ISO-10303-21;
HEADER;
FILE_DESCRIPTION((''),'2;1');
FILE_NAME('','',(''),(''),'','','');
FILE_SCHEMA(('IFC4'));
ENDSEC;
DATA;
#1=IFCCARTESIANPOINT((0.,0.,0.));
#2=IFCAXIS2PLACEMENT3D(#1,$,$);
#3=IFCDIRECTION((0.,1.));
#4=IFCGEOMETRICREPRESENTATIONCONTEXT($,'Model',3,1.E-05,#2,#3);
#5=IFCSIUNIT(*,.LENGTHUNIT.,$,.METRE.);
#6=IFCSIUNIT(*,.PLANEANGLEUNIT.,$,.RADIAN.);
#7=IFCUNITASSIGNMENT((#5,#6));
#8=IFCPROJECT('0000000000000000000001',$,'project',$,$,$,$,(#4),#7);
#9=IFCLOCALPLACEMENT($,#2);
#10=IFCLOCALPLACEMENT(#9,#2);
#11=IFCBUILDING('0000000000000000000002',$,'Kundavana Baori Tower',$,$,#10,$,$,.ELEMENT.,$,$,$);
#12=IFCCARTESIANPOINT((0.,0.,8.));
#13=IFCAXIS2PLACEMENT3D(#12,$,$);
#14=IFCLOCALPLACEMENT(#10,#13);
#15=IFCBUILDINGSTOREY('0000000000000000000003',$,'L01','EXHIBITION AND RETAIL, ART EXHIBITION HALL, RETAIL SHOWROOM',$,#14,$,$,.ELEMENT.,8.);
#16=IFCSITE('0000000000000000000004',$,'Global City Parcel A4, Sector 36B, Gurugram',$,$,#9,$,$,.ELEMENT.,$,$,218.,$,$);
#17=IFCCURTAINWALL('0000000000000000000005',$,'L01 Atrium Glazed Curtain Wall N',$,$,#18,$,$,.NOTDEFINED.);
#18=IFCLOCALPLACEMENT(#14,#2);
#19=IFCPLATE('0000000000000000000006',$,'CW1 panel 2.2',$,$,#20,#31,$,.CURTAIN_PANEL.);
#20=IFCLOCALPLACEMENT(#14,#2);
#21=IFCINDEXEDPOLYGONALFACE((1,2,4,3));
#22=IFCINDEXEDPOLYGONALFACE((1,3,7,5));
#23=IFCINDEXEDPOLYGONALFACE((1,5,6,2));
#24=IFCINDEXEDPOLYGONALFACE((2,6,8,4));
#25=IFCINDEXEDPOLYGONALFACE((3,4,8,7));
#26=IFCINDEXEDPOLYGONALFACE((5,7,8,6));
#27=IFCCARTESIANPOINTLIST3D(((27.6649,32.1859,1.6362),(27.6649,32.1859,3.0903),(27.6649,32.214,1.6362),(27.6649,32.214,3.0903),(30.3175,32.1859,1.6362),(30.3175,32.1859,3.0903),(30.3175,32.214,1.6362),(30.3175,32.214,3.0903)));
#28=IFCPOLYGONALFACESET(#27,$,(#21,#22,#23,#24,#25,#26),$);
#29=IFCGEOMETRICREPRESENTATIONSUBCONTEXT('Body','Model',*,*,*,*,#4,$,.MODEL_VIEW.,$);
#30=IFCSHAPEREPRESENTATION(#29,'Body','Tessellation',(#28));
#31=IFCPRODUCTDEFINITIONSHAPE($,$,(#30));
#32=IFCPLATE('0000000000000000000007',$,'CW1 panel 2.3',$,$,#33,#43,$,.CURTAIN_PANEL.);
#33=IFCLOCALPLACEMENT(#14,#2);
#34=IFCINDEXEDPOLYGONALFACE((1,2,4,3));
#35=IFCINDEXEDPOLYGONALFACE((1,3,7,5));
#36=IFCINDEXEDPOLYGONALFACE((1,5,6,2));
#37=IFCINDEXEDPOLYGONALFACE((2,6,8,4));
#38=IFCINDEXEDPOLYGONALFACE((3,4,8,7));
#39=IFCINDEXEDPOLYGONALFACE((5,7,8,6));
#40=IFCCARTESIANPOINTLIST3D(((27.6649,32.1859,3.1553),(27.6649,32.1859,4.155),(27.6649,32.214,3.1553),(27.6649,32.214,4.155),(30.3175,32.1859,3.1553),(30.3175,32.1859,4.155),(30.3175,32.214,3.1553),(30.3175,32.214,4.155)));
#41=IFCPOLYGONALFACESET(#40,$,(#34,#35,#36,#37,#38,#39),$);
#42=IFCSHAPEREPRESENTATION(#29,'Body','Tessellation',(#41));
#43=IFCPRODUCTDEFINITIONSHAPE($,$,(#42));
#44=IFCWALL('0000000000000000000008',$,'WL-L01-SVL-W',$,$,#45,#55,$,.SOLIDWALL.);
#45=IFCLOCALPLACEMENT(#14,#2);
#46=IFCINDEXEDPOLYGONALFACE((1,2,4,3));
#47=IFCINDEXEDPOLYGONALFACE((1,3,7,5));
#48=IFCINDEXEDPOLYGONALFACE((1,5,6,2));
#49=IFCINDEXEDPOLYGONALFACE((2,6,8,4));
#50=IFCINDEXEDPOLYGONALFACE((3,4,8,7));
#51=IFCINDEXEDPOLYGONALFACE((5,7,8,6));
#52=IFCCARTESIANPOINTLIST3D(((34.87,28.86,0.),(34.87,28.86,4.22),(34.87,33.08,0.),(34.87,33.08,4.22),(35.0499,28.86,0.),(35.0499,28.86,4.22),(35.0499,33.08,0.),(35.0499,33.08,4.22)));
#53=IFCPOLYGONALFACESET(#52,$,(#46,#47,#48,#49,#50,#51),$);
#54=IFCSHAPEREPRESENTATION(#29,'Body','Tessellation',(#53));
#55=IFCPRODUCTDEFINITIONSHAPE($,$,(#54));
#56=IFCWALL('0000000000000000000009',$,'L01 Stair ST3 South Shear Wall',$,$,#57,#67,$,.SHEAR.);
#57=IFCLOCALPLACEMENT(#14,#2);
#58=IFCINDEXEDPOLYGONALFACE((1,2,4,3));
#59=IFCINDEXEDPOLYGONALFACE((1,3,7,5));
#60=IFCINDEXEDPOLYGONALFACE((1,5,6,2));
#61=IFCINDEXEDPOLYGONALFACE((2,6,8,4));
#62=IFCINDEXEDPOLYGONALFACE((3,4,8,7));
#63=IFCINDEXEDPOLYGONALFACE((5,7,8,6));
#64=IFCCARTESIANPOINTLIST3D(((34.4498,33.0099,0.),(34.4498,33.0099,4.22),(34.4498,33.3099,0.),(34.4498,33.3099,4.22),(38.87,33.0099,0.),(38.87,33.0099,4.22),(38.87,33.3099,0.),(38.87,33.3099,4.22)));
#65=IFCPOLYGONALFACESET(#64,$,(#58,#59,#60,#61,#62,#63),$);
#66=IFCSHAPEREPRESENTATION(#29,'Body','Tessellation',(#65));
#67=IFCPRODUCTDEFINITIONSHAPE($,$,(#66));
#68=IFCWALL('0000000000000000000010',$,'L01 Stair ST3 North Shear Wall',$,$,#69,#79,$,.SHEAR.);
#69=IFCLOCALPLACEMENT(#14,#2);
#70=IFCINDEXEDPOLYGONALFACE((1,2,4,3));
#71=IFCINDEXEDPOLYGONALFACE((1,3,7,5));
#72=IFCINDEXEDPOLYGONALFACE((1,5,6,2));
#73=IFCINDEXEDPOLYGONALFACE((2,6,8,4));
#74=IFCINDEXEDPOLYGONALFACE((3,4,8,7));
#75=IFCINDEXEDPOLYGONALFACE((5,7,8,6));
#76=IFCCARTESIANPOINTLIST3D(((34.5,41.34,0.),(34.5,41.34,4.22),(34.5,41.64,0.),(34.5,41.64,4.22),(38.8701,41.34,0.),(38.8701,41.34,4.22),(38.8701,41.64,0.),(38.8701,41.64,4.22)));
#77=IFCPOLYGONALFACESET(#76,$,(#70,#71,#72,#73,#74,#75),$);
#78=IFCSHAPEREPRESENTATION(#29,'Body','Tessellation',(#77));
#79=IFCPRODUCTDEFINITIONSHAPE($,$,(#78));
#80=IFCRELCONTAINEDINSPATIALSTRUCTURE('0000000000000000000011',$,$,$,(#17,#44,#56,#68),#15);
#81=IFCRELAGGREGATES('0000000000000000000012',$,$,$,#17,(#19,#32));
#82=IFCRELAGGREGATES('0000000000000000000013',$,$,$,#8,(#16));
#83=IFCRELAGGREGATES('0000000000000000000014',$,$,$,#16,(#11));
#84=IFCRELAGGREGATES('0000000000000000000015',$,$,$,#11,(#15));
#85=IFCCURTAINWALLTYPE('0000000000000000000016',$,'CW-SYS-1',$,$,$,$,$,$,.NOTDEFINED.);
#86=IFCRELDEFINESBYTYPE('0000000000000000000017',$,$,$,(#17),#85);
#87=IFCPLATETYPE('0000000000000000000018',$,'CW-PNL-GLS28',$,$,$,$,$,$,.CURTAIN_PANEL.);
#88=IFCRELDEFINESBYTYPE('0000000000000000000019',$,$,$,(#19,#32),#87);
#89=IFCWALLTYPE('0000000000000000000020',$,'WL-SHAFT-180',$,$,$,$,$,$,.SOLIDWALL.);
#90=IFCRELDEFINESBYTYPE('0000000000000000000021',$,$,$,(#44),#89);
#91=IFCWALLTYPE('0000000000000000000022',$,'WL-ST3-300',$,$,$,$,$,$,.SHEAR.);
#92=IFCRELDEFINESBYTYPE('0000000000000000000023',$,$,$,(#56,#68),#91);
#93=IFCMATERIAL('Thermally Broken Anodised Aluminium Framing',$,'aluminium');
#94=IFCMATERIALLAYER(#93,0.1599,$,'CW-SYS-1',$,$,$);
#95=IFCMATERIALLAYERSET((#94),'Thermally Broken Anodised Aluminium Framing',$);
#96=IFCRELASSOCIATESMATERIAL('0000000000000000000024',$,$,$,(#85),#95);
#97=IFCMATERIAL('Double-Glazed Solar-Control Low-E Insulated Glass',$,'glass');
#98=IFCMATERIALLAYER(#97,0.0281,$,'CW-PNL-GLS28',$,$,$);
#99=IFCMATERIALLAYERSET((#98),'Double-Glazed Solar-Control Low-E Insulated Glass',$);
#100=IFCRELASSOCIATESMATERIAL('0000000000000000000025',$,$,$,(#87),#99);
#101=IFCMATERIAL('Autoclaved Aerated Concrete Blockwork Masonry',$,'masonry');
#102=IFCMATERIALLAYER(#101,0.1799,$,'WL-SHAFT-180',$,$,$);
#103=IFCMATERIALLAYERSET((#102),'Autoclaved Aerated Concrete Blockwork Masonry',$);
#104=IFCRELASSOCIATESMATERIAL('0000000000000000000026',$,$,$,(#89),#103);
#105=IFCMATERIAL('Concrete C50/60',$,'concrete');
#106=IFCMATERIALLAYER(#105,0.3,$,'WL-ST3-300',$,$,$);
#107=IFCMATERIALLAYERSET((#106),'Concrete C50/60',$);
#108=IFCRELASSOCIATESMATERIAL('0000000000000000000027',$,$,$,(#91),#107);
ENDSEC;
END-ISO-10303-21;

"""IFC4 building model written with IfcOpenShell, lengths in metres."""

from ifc_helpers import new_model, si_unit, direction, frame, frame_2d, origin, origin_2d, place, context, subcontext, project, spatial, rectangle, extrude, material, layer, layer_set, type_object, element, aggregate, save


model = new_model("IFC4")

# Units and contexts
model_context = context("Model", 3, precision=1e-05, world=origin(), true_north=direction((0.0, 1.0)))
body_context = subcontext(model_context, "Body", "Model", "MODEL_VIEW")
ifc_project = project(units=[si_unit("LENGTHUNIT", "METRE"), si_unit("PLANEANGLEUNIT", "RADIAN")], contexts=[model_context])

# Site, building, storey
site_placement = place(None, origin())
site = spatial("IfcSite", under=ifc_project, at=site_placement, Name="Global City Parcel A4, Sector 36B, Gurugram", CompositionType="ELEMENT", RefElevation=218.0)
building_placement = place(site_placement, origin())
building = spatial("IfcBuilding", under=site, at=building_placement, Name="Kundavana Baori Tower", CompositionType="ELEMENT")
storey_placement = place(building_placement, frame((0.0, 0.0, 8.0)))
storey = spatial("IfcBuildingStorey", under=building, at=storey_placement, Name="L01", Description="EXHIBITION AND RETAIL, ART EXHIBITION HALL, RETAIL SHOWROOM", CompositionType="ELEMENT", Elevation=8.0)

# Curtain wall
ifc_material_1 = material(Name="Thermally Broken Anodised Aluminium Framing", Category="aluminium")
ifc_layer_1 = layer(ifc_material_1, 0.1599, Name="CW-SYS-1")
ifc_layer_set_1 = layer_set([ifc_layer_1], Name="Thermally Broken Anodised Aluminium Framing")
curtain_wall_type = type_object("IfcCurtainWallType", Name="CW-SYS-1", PredefinedType="NOTDEFINED", material=ifc_layer_set_1)
curtain_wall_1_placement = place(storey_placement, origin())
curtain_wall_1 = element("IfcCurtainWall", 1, at=curtain_wall_1_placement, inside=storey, type_object=curtain_wall_type, Name="L01 Atrium Glazed Curtain Wall N", PredefinedType="NOTDEFINED")

# Plates
ifc_material_2 = material(Name="Double-Glazed Solar-Control Low-E Insulated Glass", Category="glass")
ifc_layer_2 = layer(ifc_material_2, 0.0281, Name="CW-PNL-GLS28")
ifc_layer_set_2 = layer_set([ifc_layer_2], Name="Double-Glazed Solar-Control Low-E Insulated Glass")
plate_type = type_object("IfcPlateType", Name="CW-PNL-GLS28", PredefinedType="CURTAIN_PANEL", material=ifc_layer_set_2)
plate_1_placement = place(storey_placement, frame((28.9912, 32.2, 1.6362), z_axis=(0.0, 0.0, 1.0), x_axis=(-1.0, 0.0, 0.0)))
plate_1 = element("IfcPlate", 2, at=plate_1_placement, type_object=plate_type, Name="CW1 panel 2.2", PredefinedType="CURTAIN_PANEL", context=body_context, shape_type="SweptSolid", body=[
    extrude(rectangle(XDim=2.6526, YDim=0.0281, at=origin_2d()), origin(), (0.0, 0.0, 1.0), 1.4541),
])
plate_2_placement = place(storey_placement, frame((28.9912, 32.2, 3.1553), z_axis=(0.0, 0.0, 1.0), x_axis=(-1.0, 0.0, 0.0)))
plate_2 = element("IfcPlate", 3, at=plate_2_placement, type_object=plate_type, Name="CW1 panel 2.3", PredefinedType="CURTAIN_PANEL", context=body_context, shape_type="SweptSolid", body=[
    extrude(rectangle(XDim=2.6526, YDim=0.0281, at=origin_2d()), origin(), (0.0, 0.0, 1.0), 0.9998),
])
aggregate(curtain_wall_1, [plate_1, plate_2])

# Walls
ifc_material_3 = material(Name="Autoclaved Aerated Concrete Blockwork Masonry", Category="masonry")
ifc_layer_3 = layer(ifc_material_3, 0.1799, Name="WL-SHAFT-180")
ifc_layer_set_3 = layer_set([ifc_layer_3], Name="Autoclaved Aerated Concrete Blockwork Masonry")
wall_type_1 = type_object("IfcWallType", Name="WL-SHAFT-180", PredefinedType="SOLIDWALL", material=ifc_layer_set_3)
wall_1_placement = place(storey_placement, frame((34.96, 28.8601, 0.0), z_axis=(0.0, 0.0, 1.0), x_axis=(0.0, 1.0, 0.0)))
element("IfcWall", 4, at=wall_1_placement, inside=storey, type_object=wall_type_1, Name="WL-L01-SVL-W", PredefinedType="SOLIDWALL", context=body_context, shape_type="SweptSolid", body=[
    extrude(rectangle(XDim=4.22, YDim=0.1799, at=frame_2d((2.1099, 0.0))), origin(), (0.0, 0.0, 1.0), 4.22),
])
ifc_material_4 = material(Name="Concrete C50/60", Category="concrete")
ifc_layer_4 = layer(ifc_material_4, 0.3, Name="WL-ST3-300")
ifc_layer_set_4 = layer_set([ifc_layer_4], Name="Concrete C50/60")
wall_type_2 = type_object("IfcWallType", Name="WL-ST3-300", PredefinedType="SHEAR", material=ifc_layer_set_4)
wall_2_placement = place(storey_placement, frame((34.45, 33.1599, 0.0), z_axis=(0.0, 0.0, 1.0), x_axis=(1.0, 0.0, 0.0)))
element("IfcWall", 5, at=wall_2_placement, inside=storey, type_object=wall_type_2, Name="L01 Stair ST3 South Shear Wall", PredefinedType="SHEAR", context=body_context, shape_type="SweptSolid", body=[
    extrude(rectangle(XDim=4.4202, YDim=0.3, at=frame_2d((2.21, 0.0))), origin(), (0.0, 0.0, 1.0), 4.22),
])
wall_3_placement = place(storey_placement, frame((34.5, 41.49, 0.0), z_axis=(0.0, 0.0, 1.0), x_axis=(1.0, 0.0, 0.0)))
element("IfcWall", 6, at=wall_3_placement, inside=storey, type_object=wall_type_2, Name="L01 Stair ST3 North Shear Wall", PredefinedType="SHEAR", context=body_context, shape_type="SweptSolid", body=[
    extrude(rectangle(XDim=4.3701, YDim=0.3, at=frame_2d((2.1851, 0.0))), origin(), (0.0, 0.0, 1.0), 4.22),
])

save(model, "model.ifc")
